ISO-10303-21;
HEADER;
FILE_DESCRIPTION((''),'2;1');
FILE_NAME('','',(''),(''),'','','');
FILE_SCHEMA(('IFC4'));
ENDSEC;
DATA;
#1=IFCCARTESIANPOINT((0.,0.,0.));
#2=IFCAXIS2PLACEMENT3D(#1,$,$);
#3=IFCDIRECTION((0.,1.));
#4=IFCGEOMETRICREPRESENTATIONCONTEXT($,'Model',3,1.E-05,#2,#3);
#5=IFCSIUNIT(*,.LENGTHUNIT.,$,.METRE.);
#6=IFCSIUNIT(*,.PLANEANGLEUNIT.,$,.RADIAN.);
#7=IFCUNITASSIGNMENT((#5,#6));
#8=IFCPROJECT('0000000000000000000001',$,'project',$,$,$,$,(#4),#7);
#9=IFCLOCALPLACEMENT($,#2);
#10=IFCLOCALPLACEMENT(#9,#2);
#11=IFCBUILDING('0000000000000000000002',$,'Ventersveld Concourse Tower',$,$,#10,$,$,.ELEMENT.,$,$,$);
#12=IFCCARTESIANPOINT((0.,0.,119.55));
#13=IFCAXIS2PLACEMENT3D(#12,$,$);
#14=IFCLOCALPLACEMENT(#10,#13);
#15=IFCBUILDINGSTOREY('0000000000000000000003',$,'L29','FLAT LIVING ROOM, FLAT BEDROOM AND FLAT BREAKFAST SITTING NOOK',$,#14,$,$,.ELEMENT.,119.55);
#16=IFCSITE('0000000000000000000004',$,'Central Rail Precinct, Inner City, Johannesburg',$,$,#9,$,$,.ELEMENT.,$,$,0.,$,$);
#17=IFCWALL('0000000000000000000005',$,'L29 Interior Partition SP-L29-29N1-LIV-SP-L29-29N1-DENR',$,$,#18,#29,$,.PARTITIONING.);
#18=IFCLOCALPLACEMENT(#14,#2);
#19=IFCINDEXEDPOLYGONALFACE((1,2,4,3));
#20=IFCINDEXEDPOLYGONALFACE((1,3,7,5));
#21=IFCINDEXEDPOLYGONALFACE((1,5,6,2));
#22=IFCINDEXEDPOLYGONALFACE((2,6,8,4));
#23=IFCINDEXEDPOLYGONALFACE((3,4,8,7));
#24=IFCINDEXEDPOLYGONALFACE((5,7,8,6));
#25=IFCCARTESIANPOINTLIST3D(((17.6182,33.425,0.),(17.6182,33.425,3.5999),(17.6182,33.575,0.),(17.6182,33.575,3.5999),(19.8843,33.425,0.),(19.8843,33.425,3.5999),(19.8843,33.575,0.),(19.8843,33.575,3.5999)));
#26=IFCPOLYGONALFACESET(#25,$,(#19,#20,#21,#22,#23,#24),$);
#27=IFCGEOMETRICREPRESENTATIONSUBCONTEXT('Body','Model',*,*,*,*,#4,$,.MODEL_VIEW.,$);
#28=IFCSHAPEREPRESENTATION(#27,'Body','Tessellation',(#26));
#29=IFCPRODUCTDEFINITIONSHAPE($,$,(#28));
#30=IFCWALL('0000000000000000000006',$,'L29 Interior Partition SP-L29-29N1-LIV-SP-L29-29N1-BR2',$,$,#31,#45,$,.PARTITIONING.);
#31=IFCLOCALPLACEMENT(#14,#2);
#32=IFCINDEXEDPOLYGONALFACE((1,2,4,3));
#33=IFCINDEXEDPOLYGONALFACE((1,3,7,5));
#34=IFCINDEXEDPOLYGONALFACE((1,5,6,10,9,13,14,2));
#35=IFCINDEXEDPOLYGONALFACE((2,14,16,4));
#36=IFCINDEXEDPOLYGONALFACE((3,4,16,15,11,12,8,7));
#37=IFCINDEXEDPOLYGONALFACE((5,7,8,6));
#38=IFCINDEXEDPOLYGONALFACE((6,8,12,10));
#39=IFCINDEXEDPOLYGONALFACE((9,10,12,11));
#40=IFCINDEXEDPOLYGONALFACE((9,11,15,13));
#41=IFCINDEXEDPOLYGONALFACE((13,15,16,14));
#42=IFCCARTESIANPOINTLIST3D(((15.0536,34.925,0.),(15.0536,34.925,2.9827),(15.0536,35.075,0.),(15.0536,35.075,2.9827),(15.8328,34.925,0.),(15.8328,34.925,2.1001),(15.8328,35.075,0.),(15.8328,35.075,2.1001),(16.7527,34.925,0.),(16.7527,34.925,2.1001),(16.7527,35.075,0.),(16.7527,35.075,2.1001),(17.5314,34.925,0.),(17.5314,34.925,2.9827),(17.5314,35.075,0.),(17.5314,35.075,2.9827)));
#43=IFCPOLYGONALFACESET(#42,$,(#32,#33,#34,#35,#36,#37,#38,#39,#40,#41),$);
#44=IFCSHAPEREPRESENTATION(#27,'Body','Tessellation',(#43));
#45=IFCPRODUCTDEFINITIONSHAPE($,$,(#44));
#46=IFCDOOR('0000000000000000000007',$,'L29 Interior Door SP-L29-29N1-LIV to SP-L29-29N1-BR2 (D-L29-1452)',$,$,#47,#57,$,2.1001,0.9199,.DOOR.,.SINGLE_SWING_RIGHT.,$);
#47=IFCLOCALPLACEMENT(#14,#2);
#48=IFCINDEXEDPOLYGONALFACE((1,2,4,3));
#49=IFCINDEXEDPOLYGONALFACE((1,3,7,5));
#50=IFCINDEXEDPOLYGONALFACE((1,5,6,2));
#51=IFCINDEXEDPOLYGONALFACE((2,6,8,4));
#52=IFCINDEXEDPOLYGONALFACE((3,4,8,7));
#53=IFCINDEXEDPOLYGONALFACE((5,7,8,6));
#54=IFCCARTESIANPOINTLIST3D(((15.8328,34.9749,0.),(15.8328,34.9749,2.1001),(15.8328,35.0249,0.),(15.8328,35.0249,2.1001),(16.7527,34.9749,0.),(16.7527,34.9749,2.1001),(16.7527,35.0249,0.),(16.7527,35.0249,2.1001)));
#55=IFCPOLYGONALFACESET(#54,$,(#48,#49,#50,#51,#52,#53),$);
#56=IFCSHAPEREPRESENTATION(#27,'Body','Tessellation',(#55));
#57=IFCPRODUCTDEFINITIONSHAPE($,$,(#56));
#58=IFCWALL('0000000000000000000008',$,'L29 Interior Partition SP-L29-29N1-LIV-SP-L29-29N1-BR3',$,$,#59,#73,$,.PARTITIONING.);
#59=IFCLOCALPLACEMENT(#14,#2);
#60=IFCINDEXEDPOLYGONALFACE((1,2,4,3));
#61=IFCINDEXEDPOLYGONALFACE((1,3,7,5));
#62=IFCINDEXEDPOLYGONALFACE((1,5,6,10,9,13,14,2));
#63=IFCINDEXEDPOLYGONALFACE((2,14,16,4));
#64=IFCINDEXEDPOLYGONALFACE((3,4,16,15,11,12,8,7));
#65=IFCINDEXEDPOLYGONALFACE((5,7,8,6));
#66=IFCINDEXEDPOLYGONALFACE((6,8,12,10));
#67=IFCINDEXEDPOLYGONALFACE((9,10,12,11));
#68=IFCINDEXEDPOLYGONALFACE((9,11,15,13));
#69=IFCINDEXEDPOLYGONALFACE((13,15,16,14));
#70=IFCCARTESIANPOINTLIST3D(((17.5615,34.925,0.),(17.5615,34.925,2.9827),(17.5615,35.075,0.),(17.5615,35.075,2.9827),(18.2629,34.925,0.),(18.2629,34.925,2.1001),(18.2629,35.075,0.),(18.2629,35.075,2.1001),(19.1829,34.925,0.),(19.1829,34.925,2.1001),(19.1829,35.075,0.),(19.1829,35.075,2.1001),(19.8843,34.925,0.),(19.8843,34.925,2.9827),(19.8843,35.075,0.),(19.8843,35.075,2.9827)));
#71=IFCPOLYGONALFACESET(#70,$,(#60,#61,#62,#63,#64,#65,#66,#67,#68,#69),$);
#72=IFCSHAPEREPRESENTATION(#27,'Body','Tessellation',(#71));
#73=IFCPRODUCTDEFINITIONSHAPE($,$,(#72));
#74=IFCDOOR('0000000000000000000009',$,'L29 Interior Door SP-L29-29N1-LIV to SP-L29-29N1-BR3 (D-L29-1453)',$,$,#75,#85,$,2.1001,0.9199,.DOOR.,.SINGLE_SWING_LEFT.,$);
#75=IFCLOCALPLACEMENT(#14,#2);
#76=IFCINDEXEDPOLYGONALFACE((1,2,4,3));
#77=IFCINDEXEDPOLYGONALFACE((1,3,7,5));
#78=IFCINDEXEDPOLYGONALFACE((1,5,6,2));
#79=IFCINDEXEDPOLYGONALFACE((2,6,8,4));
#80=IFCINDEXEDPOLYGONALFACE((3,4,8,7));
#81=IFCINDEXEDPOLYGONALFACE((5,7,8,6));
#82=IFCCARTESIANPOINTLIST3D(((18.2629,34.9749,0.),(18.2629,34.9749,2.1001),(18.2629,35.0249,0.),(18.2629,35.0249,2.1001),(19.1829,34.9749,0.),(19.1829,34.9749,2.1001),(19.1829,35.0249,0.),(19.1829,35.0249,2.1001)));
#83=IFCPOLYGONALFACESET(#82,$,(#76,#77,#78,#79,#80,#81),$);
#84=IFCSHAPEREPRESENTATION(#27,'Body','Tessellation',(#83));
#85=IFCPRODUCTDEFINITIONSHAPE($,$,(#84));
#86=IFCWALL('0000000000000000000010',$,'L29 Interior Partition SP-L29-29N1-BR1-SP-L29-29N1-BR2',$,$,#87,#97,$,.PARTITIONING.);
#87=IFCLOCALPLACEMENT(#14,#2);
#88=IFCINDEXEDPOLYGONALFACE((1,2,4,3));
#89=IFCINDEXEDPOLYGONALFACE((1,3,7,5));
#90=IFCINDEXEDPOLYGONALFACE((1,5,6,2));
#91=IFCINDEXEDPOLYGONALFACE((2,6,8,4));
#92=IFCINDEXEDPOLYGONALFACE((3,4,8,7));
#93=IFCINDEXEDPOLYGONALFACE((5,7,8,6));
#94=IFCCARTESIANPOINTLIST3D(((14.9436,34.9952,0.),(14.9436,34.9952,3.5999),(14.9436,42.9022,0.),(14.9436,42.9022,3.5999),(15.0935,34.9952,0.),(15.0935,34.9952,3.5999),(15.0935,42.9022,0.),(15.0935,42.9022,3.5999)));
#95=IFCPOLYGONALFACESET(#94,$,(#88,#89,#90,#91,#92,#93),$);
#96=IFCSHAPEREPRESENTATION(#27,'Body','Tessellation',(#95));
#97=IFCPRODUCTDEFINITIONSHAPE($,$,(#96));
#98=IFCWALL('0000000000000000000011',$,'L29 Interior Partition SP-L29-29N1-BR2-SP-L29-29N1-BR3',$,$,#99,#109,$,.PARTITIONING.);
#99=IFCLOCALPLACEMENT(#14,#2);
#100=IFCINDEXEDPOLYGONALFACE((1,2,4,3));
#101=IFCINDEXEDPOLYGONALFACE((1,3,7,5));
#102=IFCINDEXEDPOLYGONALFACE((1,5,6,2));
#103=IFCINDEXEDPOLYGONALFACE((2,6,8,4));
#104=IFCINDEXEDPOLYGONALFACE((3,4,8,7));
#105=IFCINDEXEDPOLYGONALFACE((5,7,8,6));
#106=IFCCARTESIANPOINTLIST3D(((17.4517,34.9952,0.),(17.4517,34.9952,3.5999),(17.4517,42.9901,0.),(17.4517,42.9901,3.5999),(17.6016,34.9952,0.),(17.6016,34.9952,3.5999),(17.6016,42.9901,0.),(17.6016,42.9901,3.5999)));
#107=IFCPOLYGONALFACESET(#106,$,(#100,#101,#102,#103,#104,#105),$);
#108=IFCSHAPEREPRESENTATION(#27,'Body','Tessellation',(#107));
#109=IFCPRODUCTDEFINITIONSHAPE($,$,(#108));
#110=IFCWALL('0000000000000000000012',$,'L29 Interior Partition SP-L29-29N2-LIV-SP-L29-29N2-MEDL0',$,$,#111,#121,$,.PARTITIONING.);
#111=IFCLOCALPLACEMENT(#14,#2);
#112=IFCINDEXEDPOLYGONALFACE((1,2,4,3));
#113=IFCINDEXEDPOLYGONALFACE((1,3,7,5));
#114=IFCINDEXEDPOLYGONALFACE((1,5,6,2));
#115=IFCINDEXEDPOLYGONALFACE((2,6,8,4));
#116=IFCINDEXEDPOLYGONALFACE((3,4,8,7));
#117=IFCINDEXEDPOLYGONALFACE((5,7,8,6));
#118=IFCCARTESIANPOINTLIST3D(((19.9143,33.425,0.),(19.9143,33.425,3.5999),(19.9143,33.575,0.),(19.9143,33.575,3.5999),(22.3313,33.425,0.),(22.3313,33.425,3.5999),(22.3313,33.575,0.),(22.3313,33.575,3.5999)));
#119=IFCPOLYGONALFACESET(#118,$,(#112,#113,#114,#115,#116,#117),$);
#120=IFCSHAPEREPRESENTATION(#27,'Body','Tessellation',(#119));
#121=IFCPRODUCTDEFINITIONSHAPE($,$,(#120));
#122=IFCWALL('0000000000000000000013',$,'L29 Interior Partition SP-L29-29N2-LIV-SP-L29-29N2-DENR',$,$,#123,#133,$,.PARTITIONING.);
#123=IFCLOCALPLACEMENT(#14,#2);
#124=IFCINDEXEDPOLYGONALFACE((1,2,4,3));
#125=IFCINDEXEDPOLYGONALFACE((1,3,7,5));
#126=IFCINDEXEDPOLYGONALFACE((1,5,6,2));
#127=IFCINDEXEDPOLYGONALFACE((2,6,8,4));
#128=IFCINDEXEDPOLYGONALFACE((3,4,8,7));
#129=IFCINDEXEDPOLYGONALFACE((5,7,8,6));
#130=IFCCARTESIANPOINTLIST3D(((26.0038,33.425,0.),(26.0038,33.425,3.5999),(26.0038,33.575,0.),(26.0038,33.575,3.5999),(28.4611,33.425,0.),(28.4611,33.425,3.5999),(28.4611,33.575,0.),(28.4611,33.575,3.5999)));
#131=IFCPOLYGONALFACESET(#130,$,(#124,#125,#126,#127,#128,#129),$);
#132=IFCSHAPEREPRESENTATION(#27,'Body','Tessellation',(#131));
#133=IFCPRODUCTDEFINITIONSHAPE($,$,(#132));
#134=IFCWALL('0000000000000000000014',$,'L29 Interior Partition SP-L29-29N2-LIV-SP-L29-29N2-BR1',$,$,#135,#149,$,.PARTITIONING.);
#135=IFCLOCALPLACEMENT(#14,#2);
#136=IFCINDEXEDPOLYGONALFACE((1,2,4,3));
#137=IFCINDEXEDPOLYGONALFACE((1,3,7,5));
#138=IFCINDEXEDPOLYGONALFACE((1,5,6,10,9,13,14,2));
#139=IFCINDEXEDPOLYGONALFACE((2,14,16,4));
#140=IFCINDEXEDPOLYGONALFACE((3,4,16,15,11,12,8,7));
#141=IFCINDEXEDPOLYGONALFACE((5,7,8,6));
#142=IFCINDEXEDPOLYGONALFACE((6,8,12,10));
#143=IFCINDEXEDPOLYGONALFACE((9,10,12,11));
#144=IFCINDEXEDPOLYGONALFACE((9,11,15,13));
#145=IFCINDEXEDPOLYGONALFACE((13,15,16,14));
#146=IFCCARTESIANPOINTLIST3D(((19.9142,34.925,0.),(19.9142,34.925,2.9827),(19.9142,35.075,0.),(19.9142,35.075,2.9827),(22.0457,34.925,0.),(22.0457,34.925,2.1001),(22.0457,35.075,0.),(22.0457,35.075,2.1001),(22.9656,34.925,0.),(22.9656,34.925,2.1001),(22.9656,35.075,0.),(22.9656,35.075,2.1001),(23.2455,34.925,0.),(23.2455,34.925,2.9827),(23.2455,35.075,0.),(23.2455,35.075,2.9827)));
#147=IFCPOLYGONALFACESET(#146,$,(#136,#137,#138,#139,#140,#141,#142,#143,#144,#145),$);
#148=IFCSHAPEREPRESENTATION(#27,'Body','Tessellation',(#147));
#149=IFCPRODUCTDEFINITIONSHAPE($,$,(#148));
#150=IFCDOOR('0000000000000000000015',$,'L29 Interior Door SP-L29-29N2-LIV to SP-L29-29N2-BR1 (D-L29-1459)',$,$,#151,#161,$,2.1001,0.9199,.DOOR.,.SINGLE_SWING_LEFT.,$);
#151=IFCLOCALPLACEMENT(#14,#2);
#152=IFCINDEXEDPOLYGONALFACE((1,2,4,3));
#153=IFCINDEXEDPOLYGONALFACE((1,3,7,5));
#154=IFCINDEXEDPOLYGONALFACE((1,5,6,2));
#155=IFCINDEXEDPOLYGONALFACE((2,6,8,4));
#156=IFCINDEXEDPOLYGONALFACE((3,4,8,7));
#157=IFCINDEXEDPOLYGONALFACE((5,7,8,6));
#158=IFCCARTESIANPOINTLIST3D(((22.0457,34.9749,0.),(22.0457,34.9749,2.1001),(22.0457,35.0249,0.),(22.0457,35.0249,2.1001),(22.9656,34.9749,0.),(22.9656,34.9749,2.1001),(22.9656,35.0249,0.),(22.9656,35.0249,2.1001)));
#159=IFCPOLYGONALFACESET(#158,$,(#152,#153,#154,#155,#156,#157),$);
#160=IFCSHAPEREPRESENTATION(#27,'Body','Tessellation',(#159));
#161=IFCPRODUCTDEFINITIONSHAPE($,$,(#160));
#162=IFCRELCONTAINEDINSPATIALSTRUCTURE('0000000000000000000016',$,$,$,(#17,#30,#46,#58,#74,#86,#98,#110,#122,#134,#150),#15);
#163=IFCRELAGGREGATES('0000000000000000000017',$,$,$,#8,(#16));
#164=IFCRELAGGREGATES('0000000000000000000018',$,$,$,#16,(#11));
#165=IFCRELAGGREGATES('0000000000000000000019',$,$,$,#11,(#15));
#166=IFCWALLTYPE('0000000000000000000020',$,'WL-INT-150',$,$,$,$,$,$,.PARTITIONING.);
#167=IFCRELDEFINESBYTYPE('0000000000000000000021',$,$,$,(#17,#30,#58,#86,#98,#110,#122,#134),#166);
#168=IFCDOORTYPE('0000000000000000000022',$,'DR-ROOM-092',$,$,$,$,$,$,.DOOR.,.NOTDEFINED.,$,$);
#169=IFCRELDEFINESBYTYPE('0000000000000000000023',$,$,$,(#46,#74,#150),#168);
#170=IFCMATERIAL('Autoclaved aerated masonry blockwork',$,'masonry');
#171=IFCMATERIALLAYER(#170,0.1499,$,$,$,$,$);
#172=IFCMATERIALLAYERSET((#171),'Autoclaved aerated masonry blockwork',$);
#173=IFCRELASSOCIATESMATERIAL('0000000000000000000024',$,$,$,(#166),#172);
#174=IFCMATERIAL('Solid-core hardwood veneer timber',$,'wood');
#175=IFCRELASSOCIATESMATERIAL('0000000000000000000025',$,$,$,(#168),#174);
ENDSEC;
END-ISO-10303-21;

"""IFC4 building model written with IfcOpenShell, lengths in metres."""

from ifc_helpers import new_model, si_unit, direction, frame, frame_2d, origin, place, context, subcontext, project, spatial, rectangle, extrude, material, layer, layer_set, type_object, element, fill, save


model = new_model("IFC4")

# Units and contexts
model_context = context("Model", 3, precision=1e-05, world=origin(), true_north=direction((0.0, 1.0)))
body_context = subcontext(model_context, "Body", "Model", "MODEL_VIEW")
ifc_project = project(units=[si_unit("LENGTHUNIT", "METRE"), si_unit("PLANEANGLEUNIT", "RADIAN")], contexts=[model_context])

# Site, building, storey
site_placement = place(None, origin())
site = spatial("IfcSite", under=ifc_project, at=site_placement, Name="Central Rail Precinct, Inner City, Johannesburg", CompositionType="ELEMENT", RefElevation=0.0)
building_placement = place(site_placement, origin())
building = spatial("IfcBuilding", under=site, at=building_placement, Name="Ventersveld Concourse Tower", CompositionType="ELEMENT")
storey_placement = place(building_placement, frame((0.0, 0.0, 119.55)))
storey = spatial("IfcBuildingStorey", under=building, at=storey_placement, Name="L29", Description="FLAT LIVING ROOM, FLAT BEDROOM AND FLAT BREAKFAST SITTING NOOK", CompositionType="ELEMENT", Elevation=119.55)

# Wall
ifc_material_1 = material(Name="Autoclaved aerated masonry blockwork", Category="masonry")
ifc_layer_1 = layer(ifc_material_1, 0.1499)
ifc_layer_set_1 = layer_set([ifc_layer_1], Name="Autoclaved aerated masonry blockwork")
wall_type_1 = type_object("IfcWallType", Name="WL-INT-150", PredefinedType="PARTITIONING", material=ifc_layer_set_1)
wall_1_placement = place(storey_placement, frame((17.6182, 33.5, 0.0), z_axis=(0.0, 0.0, 1.0), x_axis=(1.0, 0.0, 0.0)))
element("IfcWall", 1, at=wall_1_placement, inside=storey, type_object=wall_type_1, Name="L29 Interior Partition SP-L29-29N1-LIV-SP-L29-29N1-DENR", PredefinedType="PARTITIONING", context=body_context, shape_type="SweptSolid", body=[
    extrude(rectangle(XDim=2.2661, YDim=0.1499, at=frame_2d((1.1331, 0.0))), origin(), (0.0, 0.0, 1.0), 3.5999),
])

# Walls, openings, doors
wall_2_placement = place(storey_placement, frame((15.0537, 35.0, 0.0), z_axis=(0.0, 0.0, 1.0), x_axis=(1.0, 0.0, 0.0)))
wall_2 = element("IfcWall", 2, at=wall_2_placement, inside=storey, type_object=wall_type_1, Name="L29 Interior Partition SP-L29-29N1-LIV-SP-L29-29N1-BR2", PredefinedType="PARTITIONING", context=body_context, shape_type="SweptSolid", body=[
    extrude(rectangle(XDim=2.4778, YDim=0.1499, at=frame_2d((1.2388, 0.0))), origin(), (0.0, 0.0, 1.0), 2.9827),
])
opening_1_placement = place(wall_2_placement, frame((0.7791, 0.0, 0.0)))
opening_1 = element("IfcOpeningElement", 3, at=opening_1_placement, cuts=wall_2, PredefinedType="OPENING", context=body_context, shape_type="SweptSolid", body=[
    extrude(rectangle(XDim=0.9199, YDim=2.1001, at=frame_2d((0.46, 1.05))), frame((0.0, 0.085, 0.0), z_axis=(0.0, -1.0, 0.0), x_axis=(1.0, 0.0, 0.0)), (0.0, 0.0, 1.0), 0.1699),
])
ifc_material_2 = material(Name="Solid-core hardwood veneer timber", Category="wood")
door_type = type_object("IfcDoorType", Name="DR-ROOM-092", OperationType="NOTDEFINED", PredefinedType="DOOR", material=ifc_material_2)
door_1_placement = place(opening_1_placement, origin())
door_1 = element("IfcDoor", 4, at=door_1_placement, inside=storey, type_object=door_type, Name="L29 Interior Door SP-L29-29N1-LIV to SP-L29-29N1-BR2 (D-L29-1452)", OperationType="SINGLE_SWING_RIGHT", OverallHeight=2.1001, OverallWidth=0.9199, PredefinedType="DOOR", context=body_context, shape_type="SweptSolid", body=[
    extrude(rectangle(XDim=0.9199, YDim=2.1001, at=frame_2d((0.46, 1.05))), frame((0.0, 0.0249, 0.0), z_axis=(0.0, -1.0, 0.0), x_axis=(1.0, 0.0, 0.0)), (0.0, 0.0, 1.0), 0.05),
])
fill(opening_1, door_1)
wall_3_placement = place(storey_placement, frame((17.5615, 35.0, 0.0), z_axis=(0.0, 0.0, 1.0), x_axis=(1.0, 0.0, 0.0)))
wall_3 = element("IfcWall", 5, at=wall_3_placement, inside=storey, type_object=wall_type_1, Name="L29 Interior Partition SP-L29-29N1-LIV-SP-L29-29N1-BR3", PredefinedType="PARTITIONING", context=body_context, shape_type="SweptSolid", body=[
    extrude(rectangle(XDim=2.3228, YDim=0.1499, at=frame_2d((1.1614, 0.0))), origin(), (0.0, 0.0, 1.0), 2.9827),
])
opening_2_placement = place(wall_3_placement, frame((0.7014, 0.0, 0.0)))
opening_2 = element("IfcOpeningElement", 6, at=opening_2_placement, cuts=wall_3, PredefinedType="OPENING", context=body_context, shape_type="SweptSolid", body=[
    extrude(rectangle(XDim=0.9199, YDim=2.1001, at=frame_2d((0.46, 1.05))), frame((0.0, 0.085, 0.0), z_axis=(0.0, -1.0, 0.0), x_axis=(1.0, 0.0, 0.0)), (0.0, 0.0, 1.0), 0.1699),
])
door_2_placement = place(opening_2_placement, origin())
door_2 = element("IfcDoor", 7, at=door_2_placement, inside=storey, type_object=door_type, Name="L29 Interior Door SP-L29-29N1-LIV to SP-L29-29N1-BR3 (D-L29-1453)", OperationType="SINGLE_SWING_LEFT", OverallHeight=2.1001, OverallWidth=0.9199, PredefinedType="DOOR", context=body_context, shape_type="SweptSolid", body=[
    extrude(rectangle(XDim=0.9199, YDim=2.1001, at=frame_2d((0.46, 1.05))), frame((0.0, 0.0249, 0.0), z_axis=(0.0, -1.0, 0.0), x_axis=(1.0, 0.0, 0.0)), (0.0, 0.0, 1.0), 0.05),
])
fill(opening_2, door_2)

# Walls
wall_4_placement = place(storey_placement, frame((15.0186, 34.9951, 0.0), z_axis=(0.0, 0.0, 1.0), x_axis=(0.0, 1.0, 0.0)))
element("IfcWall", 8, at=wall_4_placement, inside=storey, type_object=wall_type_1, Name="L29 Interior Partition SP-L29-29N1-BR1-SP-L29-29N1-BR2", PredefinedType="PARTITIONING", context=body_context, shape_type="SweptSolid", body=[
    extrude(rectangle(XDim=7.907, YDim=0.1499, at=frame_2d((3.9536, 0.0))), origin(), (0.0, 0.0, 1.0), 3.5999),
])
wall_5_placement = place(storey_placement, frame((17.5266, 34.9951, 0.0), z_axis=(0.0, 0.0, 1.0), x_axis=(0.0, 1.0, 0.0)))
element("IfcWall", 9, at=wall_5_placement, inside=storey, type_object=wall_type_1, Name="L29 Interior Partition SP-L29-29N1-BR2-SP-L29-29N1-BR3", PredefinedType="PARTITIONING", context=body_context, shape_type="SweptSolid", body=[
    extrude(rectangle(XDim=7.9949, YDim=0.1499, at=frame_2d((3.9976, 0.0))), origin(), (0.0, 0.0, 1.0), 3.5999),
])
wall_6_placement = place(storey_placement, frame((19.9143, 33.5, 0.0), z_axis=(0.0, 0.0, 1.0), x_axis=(1.0, 0.0, 0.0)))
element("IfcWall", 10, at=wall_6_placement, inside=storey, type_object=wall_type_1, Name="L29 Interior Partition SP-L29-29N2-LIV-SP-L29-29N2-MEDL0", PredefinedType="PARTITIONING", context=body_context, shape_type="SweptSolid", body=[
    extrude(rectangle(XDim=2.417, YDim=0.1499, at=frame_2d((1.2085, 0.0))), origin(), (0.0, 0.0, 1.0), 3.5999),
])
wall_7_placement = place(storey_placement, frame((26.0039, 33.5, 0.0), z_axis=(0.0, 0.0, 1.0), x_axis=(1.0, 0.0, 0.0)))
element("IfcWall", 11, at=wall_7_placement, inside=storey, type_object=wall_type_1, Name="L29 Interior Partition SP-L29-29N2-LIV-SP-L29-29N2-DENR", PredefinedType="PARTITIONING", context=body_context, shape_type="SweptSolid", body=[
    extrude(rectangle(XDim=2.4573, YDim=0.1499, at=frame_2d((1.2285, 0.0))), origin(), (0.0, 0.0, 1.0), 3.5999),
])

# Wall, opening, door
wall_8_placement = place(storey_placement, frame((19.9143, 35.0, 0.0), z_axis=(0.0, 0.0, 1.0), x_axis=(1.0, 0.0, 0.0)))
wall_8 = element("IfcWall", 12, at=wall_8_placement, inside=storey, type_object=wall_type_1, Name="L29 Interior Partition SP-L29-29N2-LIV-SP-L29-29N2-BR1", PredefinedType="PARTITIONING", context=body_context, shape_type="SweptSolid", body=[
    extrude(rectangle(XDim=3.3313, YDim=0.1499, at=frame_2d((1.6655, 0.0))), origin(), (0.0, 0.0, 1.0), 2.9827),
])
opening_3_placement = place(wall_8_placement, frame((2.1313, 0.0, 0.0)))
opening_3 = element("IfcOpeningElement", 13, at=opening_3_placement, cuts=wall_8, PredefinedType="OPENING", context=body_context, shape_type="SweptSolid", body=[
    extrude(rectangle(XDim=0.9199, YDim=2.1001, at=frame_2d((0.46, 1.05))), frame((0.0, 0.085, 0.0), z_axis=(0.0, -1.0, 0.0), x_axis=(1.0, 0.0, 0.0)), (0.0, 0.0, 1.0), 0.1699),
])
door_3_placement = place(opening_3_placement, origin())
door_3 = element("IfcDoor", 14, at=door_3_placement, inside=storey, type_object=door_type, Name="L29 Interior Door SP-L29-29N2-LIV to SP-L29-29N2-BR1 (D-L29-1459)", OperationType="SINGLE_SWING_LEFT", OverallHeight=2.1001, OverallWidth=0.9199, PredefinedType="DOOR", context=body_context, shape_type="SweptSolid", body=[
    extrude(rectangle(XDim=0.9199, YDim=2.1001, at=frame_2d((0.46, 1.05))), frame((0.0, 0.0249, 0.0), z_axis=(0.0, -1.0, 0.0), x_axis=(1.0, 0.0, 0.0)), (0.0, 0.0, 1.0), 0.05),
])
fill(opening_3, door_3)

save(model, "model.ifc")
